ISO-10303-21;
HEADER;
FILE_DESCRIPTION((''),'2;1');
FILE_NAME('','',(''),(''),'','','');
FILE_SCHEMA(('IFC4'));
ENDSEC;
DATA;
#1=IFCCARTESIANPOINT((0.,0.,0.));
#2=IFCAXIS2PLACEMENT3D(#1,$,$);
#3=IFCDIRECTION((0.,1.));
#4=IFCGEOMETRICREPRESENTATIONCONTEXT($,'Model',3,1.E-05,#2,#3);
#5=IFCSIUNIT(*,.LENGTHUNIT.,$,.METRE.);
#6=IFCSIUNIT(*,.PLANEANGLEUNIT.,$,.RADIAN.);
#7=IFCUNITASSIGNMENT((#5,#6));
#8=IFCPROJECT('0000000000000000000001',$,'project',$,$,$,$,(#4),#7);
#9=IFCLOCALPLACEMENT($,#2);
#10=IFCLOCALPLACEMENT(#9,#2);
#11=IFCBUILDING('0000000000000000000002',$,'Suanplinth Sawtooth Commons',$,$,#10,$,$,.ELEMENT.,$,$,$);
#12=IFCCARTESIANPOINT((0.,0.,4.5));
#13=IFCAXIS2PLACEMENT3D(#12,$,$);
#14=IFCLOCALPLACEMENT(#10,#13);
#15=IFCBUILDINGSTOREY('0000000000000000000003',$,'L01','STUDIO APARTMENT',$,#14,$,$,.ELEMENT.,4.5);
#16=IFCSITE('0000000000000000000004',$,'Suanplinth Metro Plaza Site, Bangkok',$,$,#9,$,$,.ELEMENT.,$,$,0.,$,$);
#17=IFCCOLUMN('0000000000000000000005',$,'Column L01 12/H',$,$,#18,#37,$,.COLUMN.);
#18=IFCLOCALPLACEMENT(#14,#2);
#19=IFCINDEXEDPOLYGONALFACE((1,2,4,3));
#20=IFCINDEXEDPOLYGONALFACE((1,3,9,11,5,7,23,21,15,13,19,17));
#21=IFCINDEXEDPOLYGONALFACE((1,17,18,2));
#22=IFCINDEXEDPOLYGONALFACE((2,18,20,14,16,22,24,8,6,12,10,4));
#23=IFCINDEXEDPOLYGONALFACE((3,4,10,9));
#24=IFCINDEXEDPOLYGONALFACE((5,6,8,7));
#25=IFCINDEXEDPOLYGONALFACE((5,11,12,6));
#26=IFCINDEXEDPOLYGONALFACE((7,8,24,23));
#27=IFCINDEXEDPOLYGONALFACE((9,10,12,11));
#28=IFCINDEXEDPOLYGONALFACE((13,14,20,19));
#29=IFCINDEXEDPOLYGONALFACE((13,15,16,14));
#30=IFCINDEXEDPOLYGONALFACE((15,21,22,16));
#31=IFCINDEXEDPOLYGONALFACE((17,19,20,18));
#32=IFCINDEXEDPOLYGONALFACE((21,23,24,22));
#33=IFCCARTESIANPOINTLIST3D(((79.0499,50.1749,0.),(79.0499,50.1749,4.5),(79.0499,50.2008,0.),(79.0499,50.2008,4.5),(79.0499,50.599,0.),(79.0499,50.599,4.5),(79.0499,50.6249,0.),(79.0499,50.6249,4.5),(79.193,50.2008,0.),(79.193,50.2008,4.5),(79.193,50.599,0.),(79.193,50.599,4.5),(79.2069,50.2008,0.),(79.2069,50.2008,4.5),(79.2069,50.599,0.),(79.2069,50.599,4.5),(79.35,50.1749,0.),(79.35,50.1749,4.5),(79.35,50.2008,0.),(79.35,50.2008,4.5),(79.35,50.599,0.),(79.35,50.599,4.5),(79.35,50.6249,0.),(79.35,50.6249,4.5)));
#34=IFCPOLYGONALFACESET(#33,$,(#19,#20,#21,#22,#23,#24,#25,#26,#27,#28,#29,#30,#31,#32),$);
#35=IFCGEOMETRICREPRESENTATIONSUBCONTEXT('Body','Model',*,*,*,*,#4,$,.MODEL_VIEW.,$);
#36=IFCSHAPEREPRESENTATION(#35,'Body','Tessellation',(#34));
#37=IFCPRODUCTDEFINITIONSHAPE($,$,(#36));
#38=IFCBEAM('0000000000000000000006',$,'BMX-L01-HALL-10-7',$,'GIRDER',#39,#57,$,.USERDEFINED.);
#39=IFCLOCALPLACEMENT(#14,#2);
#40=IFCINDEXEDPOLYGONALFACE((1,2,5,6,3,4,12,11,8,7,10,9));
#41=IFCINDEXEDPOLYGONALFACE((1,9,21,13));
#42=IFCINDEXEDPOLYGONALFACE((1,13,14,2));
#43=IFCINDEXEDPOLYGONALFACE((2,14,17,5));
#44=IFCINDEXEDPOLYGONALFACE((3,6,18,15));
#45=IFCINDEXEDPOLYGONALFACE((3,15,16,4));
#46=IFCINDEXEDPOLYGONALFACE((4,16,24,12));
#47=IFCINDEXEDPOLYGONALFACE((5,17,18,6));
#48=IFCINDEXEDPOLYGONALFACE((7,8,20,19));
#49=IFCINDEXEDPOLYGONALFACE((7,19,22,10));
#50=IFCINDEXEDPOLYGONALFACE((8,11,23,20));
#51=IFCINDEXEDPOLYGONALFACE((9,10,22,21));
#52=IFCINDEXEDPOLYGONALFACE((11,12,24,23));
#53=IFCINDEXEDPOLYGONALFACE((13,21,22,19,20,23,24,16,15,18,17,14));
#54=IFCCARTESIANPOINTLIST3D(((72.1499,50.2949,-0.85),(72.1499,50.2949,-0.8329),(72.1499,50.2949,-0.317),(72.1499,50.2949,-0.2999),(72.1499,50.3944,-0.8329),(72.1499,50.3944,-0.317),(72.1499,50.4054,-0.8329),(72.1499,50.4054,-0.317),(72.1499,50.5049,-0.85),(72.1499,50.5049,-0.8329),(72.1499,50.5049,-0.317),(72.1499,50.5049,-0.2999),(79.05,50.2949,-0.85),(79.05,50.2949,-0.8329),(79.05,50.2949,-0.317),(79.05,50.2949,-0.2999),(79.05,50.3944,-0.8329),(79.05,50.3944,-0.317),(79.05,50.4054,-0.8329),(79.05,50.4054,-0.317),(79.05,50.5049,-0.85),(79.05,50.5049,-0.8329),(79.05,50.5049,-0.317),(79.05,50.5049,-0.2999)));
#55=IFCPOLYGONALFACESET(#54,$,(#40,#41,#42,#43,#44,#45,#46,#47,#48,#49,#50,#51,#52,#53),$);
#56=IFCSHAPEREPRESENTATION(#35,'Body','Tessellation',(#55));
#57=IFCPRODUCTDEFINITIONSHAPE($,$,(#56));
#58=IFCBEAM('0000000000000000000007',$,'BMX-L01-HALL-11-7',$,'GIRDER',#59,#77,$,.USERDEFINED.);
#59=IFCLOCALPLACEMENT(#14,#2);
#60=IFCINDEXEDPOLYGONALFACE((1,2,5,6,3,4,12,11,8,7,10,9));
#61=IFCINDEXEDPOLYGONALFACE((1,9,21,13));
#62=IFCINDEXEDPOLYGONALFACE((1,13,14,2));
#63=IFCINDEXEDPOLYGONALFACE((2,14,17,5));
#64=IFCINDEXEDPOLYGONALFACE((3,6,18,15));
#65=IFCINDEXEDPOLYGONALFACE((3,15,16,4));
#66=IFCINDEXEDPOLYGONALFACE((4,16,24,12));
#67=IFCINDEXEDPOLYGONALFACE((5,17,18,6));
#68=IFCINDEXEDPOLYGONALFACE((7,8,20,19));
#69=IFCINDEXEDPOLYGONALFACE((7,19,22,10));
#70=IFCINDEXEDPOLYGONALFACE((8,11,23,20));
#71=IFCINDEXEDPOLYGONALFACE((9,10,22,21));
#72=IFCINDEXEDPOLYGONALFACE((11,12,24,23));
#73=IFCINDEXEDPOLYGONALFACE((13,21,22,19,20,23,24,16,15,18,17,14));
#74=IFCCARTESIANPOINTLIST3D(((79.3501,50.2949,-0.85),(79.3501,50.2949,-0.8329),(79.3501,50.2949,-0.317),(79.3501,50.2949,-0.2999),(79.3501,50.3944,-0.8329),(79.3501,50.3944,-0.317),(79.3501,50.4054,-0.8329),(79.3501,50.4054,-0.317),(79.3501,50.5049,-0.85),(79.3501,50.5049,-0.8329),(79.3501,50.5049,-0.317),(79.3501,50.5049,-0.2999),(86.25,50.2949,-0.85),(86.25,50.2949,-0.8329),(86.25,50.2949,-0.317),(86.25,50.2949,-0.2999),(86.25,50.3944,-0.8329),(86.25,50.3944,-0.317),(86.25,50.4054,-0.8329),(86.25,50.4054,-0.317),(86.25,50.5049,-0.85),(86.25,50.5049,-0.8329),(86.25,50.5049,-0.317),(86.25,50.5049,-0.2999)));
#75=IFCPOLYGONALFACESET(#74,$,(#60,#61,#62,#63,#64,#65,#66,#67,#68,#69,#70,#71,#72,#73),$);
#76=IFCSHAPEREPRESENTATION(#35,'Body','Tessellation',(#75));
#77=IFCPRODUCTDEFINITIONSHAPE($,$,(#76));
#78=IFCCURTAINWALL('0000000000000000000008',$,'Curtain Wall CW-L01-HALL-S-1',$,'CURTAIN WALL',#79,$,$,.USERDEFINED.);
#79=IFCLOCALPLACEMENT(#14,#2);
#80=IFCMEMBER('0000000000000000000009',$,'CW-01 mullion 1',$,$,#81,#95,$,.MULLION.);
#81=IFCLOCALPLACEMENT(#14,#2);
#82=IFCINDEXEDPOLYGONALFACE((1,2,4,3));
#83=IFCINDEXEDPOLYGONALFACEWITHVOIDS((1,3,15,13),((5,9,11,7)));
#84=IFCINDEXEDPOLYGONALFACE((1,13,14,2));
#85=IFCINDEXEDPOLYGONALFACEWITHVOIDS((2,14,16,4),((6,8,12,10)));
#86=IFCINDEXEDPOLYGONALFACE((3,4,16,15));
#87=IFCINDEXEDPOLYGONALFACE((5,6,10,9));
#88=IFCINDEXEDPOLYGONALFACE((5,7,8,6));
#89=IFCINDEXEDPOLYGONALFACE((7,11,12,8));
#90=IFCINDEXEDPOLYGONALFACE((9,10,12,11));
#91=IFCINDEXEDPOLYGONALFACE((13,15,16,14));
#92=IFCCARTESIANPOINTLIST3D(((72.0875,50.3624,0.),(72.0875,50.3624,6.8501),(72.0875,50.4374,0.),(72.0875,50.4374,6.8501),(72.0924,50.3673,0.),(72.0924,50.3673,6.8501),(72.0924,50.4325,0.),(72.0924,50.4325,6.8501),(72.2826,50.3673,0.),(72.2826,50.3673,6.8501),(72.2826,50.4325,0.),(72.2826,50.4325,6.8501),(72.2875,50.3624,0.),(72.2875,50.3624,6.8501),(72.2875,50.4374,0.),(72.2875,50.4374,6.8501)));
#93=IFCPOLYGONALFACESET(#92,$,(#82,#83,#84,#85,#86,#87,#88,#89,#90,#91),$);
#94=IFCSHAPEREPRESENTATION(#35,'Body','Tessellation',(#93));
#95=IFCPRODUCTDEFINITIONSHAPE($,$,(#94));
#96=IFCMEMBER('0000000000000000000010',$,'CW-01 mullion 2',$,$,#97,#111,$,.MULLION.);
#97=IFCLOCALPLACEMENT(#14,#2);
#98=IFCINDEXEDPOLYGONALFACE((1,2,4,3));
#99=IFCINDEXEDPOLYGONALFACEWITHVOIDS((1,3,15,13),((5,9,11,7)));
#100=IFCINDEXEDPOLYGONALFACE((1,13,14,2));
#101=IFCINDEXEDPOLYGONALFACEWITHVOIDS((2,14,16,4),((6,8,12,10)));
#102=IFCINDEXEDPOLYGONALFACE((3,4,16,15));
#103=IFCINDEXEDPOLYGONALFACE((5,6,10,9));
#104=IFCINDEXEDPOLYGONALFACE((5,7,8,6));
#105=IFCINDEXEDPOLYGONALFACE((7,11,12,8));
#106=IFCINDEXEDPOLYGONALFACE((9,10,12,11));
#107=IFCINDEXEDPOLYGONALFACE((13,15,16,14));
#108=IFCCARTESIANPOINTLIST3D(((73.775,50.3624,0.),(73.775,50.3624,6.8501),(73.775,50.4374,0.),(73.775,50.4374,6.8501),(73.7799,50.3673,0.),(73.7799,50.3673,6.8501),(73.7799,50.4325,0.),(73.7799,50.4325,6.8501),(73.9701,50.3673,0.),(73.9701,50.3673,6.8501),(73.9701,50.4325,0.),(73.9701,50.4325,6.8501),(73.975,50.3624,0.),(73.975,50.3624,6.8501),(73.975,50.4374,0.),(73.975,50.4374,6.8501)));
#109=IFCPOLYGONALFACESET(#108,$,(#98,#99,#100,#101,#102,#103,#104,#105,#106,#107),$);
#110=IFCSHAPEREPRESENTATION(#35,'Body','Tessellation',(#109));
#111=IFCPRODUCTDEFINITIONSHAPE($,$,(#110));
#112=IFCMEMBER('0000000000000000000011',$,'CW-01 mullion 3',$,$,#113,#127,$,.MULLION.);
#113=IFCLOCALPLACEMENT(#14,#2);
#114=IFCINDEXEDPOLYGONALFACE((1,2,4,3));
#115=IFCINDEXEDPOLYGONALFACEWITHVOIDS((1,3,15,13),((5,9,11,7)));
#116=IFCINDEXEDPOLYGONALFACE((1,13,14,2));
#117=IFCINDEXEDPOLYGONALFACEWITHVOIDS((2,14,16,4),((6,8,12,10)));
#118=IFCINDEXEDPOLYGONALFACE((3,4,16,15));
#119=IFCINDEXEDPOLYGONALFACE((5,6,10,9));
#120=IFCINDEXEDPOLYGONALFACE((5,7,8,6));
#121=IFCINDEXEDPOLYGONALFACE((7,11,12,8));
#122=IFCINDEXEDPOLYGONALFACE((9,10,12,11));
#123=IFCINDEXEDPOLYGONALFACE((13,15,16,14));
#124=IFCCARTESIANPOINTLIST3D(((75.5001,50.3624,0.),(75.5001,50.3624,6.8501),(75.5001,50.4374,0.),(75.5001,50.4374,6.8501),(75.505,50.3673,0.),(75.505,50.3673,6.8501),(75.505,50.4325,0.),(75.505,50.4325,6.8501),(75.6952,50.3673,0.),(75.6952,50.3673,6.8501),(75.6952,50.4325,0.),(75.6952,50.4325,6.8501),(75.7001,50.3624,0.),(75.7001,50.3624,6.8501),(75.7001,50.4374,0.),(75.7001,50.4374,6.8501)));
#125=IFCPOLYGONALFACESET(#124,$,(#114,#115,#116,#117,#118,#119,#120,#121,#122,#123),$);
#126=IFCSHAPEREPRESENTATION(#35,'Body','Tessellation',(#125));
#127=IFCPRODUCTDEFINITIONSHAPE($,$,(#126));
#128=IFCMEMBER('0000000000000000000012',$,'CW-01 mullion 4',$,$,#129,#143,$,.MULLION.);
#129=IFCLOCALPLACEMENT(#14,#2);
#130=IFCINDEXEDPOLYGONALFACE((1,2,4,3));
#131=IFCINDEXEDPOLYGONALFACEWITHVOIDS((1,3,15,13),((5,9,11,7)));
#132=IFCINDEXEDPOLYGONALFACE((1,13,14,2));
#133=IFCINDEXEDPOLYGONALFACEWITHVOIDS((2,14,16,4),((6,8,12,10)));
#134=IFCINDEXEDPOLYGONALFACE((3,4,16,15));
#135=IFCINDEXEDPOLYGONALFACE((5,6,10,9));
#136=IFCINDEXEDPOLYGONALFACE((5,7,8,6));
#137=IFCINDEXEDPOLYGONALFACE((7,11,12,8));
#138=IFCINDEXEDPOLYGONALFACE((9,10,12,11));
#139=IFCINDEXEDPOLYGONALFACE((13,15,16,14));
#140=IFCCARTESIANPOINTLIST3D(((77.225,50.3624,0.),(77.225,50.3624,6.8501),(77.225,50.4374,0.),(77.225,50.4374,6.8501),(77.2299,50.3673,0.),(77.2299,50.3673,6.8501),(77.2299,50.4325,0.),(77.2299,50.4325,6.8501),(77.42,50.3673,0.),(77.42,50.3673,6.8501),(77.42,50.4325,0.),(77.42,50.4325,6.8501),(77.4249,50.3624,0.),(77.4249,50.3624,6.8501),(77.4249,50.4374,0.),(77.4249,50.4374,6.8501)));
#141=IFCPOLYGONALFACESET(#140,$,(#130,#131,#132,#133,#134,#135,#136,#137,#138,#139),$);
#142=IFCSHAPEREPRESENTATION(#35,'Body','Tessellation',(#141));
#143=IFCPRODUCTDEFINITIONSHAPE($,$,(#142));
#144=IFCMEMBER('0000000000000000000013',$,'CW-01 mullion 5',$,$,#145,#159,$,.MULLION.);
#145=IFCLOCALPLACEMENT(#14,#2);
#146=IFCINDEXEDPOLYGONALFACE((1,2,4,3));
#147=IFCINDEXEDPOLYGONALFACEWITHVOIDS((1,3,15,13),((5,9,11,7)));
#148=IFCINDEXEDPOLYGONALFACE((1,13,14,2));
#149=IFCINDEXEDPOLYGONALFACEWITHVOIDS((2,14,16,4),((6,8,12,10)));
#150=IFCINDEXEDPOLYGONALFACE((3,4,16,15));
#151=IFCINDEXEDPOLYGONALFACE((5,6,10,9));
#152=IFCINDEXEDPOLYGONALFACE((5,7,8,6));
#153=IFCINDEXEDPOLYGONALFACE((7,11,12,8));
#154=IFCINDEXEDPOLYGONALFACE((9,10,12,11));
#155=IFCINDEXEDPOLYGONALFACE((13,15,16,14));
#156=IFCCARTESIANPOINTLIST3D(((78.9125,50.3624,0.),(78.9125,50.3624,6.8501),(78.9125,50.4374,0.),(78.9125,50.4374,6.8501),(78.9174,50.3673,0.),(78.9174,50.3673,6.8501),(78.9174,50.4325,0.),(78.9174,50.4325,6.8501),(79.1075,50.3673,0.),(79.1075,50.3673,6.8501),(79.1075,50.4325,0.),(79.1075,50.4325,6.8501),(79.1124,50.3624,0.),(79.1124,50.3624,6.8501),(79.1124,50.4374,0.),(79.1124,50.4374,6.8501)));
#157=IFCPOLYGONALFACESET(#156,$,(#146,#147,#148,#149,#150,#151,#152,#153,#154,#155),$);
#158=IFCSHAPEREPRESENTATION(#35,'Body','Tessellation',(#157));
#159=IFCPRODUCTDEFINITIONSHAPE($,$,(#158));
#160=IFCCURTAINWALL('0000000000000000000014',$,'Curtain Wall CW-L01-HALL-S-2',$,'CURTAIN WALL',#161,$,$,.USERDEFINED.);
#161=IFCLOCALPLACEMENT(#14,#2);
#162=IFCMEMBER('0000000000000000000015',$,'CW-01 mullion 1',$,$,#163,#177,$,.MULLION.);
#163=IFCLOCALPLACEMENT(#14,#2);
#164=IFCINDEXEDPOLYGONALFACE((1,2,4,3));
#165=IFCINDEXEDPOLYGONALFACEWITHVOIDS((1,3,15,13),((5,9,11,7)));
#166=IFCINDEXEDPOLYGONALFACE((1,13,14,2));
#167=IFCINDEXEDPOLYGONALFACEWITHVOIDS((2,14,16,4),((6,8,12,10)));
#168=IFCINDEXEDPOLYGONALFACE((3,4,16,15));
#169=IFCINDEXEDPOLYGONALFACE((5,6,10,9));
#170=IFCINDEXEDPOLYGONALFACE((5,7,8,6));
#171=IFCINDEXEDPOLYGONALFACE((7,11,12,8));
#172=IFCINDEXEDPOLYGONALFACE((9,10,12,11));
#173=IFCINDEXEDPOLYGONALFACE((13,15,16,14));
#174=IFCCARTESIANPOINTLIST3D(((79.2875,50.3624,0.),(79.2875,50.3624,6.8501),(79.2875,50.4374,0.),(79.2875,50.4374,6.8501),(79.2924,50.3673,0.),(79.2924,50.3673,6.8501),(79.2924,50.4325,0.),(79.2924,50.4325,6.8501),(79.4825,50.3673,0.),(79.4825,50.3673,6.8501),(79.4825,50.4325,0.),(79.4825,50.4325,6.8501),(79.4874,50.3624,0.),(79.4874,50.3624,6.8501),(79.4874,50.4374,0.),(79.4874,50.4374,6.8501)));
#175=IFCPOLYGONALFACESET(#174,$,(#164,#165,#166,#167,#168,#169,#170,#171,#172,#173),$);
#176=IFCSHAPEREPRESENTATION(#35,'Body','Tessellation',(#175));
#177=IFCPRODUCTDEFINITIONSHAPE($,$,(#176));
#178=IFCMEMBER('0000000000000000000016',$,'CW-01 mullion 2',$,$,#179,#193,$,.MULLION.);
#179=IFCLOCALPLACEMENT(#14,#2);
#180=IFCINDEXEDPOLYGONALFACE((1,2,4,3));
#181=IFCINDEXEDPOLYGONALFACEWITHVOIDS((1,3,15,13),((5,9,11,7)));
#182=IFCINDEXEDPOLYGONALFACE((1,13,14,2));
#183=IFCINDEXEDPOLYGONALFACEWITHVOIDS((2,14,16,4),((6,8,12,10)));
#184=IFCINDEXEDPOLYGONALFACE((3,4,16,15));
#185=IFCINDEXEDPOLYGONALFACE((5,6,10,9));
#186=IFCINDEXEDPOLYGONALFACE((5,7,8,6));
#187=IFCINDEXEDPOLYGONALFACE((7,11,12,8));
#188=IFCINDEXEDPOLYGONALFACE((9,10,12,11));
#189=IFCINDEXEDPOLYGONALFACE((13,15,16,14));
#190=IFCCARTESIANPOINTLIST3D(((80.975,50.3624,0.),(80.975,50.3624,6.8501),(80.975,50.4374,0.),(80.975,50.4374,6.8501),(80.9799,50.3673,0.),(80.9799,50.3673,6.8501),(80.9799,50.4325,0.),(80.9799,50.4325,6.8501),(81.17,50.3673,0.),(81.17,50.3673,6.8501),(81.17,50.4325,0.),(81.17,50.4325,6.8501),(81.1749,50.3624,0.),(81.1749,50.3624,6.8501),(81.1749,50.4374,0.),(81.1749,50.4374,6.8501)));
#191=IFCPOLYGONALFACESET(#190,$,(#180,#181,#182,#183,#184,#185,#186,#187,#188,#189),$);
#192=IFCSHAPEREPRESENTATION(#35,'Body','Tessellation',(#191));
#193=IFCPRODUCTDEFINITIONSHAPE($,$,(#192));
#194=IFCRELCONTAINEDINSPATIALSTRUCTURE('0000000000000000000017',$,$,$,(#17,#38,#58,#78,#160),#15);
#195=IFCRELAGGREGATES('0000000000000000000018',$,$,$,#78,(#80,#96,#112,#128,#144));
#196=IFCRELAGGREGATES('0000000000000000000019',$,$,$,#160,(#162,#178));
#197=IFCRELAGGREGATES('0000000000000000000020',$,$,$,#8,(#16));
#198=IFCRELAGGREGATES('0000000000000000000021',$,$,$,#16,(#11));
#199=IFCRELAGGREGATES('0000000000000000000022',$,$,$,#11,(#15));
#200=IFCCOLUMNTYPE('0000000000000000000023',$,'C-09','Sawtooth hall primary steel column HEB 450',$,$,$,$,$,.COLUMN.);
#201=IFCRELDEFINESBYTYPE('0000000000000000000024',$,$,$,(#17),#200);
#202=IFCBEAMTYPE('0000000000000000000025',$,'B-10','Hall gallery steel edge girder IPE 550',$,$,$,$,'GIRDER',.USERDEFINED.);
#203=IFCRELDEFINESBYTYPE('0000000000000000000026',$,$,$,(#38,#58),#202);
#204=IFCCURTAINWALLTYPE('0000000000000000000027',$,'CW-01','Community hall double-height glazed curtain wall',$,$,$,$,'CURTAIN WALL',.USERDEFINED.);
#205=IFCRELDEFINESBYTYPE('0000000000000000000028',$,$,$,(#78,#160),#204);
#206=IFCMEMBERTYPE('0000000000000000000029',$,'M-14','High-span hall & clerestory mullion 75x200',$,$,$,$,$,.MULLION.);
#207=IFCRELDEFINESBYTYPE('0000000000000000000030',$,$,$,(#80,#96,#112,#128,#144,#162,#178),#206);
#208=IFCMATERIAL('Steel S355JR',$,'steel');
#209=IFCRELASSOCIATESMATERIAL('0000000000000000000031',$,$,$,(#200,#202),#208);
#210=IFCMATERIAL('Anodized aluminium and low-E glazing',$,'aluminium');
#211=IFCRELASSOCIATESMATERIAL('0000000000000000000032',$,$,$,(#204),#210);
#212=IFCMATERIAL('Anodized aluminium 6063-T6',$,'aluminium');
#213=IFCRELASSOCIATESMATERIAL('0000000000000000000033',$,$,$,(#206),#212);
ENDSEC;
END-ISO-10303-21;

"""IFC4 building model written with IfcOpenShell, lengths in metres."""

from ifc_helpers import new_model, si_unit, direction, frame, origin, origin_2d, place, context, subcontext, project, spatial, hollow_rectangle, i_section, extrude, material, material_profile, profile_set, type_object, element, aggregate, save


model = new_model("IFC4")

# Units and contexts
model_context = context("Model", 3, precision=1e-05, world=origin(), true_north=direction((0.0, 1.0)))
body_context = subcontext(model_context, "Body", "Model", "MODEL_VIEW")
ifc_project = project(units=[si_unit("LENGTHUNIT", "METRE"), si_unit("PLANEANGLEUNIT", "RADIAN")], contexts=[model_context])

# Site, building, storey
site_placement = place(None, origin())
site = spatial("IfcSite", under=ifc_project, at=site_placement, Name="Suanplinth Metro Plaza Site, Bangkok", CompositionType="ELEMENT", RefElevation=0.0)
building_placement = place(site_placement, origin())
building = spatial("IfcBuilding", under=site, at=building_placement, Name="Suanplinth Sawtooth Commons", CompositionType="ELEMENT")
storey_placement = place(building_placement, frame((0.0, 0.0, 4.5)))
storey = spatial("IfcBuildingStorey", under=building, at=storey_placement, Name="L01", Description="STUDIO APARTMENT", CompositionType="ELEMENT", Elevation=4.5)

# Column
ifc_material_1 = material(Name="Steel S355JR", Category="steel")
ifc_material_profile_1 = material_profile(ifc_material_1, i_section(OverallWidth=0.3, OverallDepth=0.45, WebThickness=0.0139, FlangeThickness=0.0259, at=origin_2d()), Name="HEB 450")
ifc_profile_set_1 = profile_set([ifc_material_profile_1], Name="Steel S355JR")
column_type = type_object("IfcColumnType", Name="C-09", Description="Sawtooth hall primary steel column HEB 450", PredefinedType="COLUMN", material=ifc_profile_set_1)
column_placement = place(storey_placement, frame((79.2, 50.3999, 0.0), z_axis=(0.0, 0.0, 1.0), x_axis=(1.0, 0.0, 0.0)))
element("IfcColumn", 1, at=column_placement, inside=storey, type_object=column_type, Name="Column L01 12/H", PredefinedType="COLUMN", context=body_context, shape_type="SweptSolid", body=[
    extrude(i_section(OverallWidth=0.3, OverallDepth=0.45, WebThickness=0.0139, FlangeThickness=0.0259, at=origin_2d()), origin(), (0.0, 0.0, 1.0), 4.5),
])

# Beams
ifc_material_profile_2 = material_profile(ifc_material_1, i_section(OverallWidth=0.21, OverallDepth=0.55, WebThickness=0.011, FlangeThickness=0.0171, at=origin_2d()), Name="IPE 550")
ifc_profile_set_2 = profile_set([ifc_material_profile_2], Name="Steel S355JR")
beam_type = type_object("IfcBeamType", Name="B-10", Description="Hall gallery steel edge girder IPE 550", ElementType="GIRDER", PredefinedType="USERDEFINED", material=ifc_profile_set_2)
beam_1_placement = place(storey_placement, frame((72.1499, 50.3999, -0.575), z_axis=(1.0, 0.0, 0.0), x_axis=(0.0, 1.0, 0.0)))
element("IfcBeam", 2, at=beam_1_placement, inside=storey, type_object=beam_type, Name="BMX-L01-HALL-10-7", ObjectType="GIRDER", PredefinedType="USERDEFINED", context=body_context, shape_type="SweptSolid", body=[
    extrude(i_section(OverallWidth=0.21, OverallDepth=0.55, WebThickness=0.011, FlangeThickness=0.0171, at=origin_2d()), origin(), (0.0, 0.0, 1.0), 6.9001),
])
beam_2_placement = place(storey_placement, frame((79.3501, 50.3999, -0.575), z_axis=(1.0, 0.0, 0.0), x_axis=(0.0, 1.0, 0.0)))
element("IfcBeam", 3, at=beam_2_placement, inside=storey, type_object=beam_type, Name="BMX-L01-HALL-11-7", ObjectType="GIRDER", PredefinedType="USERDEFINED", context=body_context, shape_type="SweptSolid", body=[
    extrude(i_section(OverallWidth=0.21, OverallDepth=0.55, WebThickness=0.011, FlangeThickness=0.0171, at=origin_2d()), origin(), (0.0, 0.0, 1.0), 6.8999),
])

# Curtain walls, members
ifc_material_2 = material(Name="Anodized aluminium and low-E glazing", Category="aluminium")
curtain_wall_type = type_object("IfcCurtainWallType", Name="CW-01", Description="Community hall double-height glazed curtain wall", ElementType="CURTAIN WALL", PredefinedType="USERDEFINED", material=ifc_material_2)
curtain_wall_1_placement = place(storey_placement, origin())
curtain_wall_1 = element("IfcCurtainWall", 4, at=curtain_wall_1_placement, inside=storey, type_object=curtain_wall_type, Name="Curtain Wall CW-L01-HALL-S-1", ObjectType="CURTAIN WALL", PredefinedType="USERDEFINED")
ifc_material_3 = material(Name="Anodized aluminium 6063-T6", Category="aluminium")
ifc_material_profile_3 = material_profile(ifc_material_3, hollow_rectangle(XDim=0.075, YDim=0.2, WallThickness=0.0049, at=origin_2d()), Name="ALU-MUL 75x200")
ifc_profile_set_3 = profile_set([ifc_material_profile_3], Name="Anodized aluminium 6063-T6")
member_type_1 = type_object("IfcMemberType", Name="M-14", Description="High-span hall & clerestory mullion 75x200", PredefinedType="MULLION", material=ifc_profile_set_3)
member_1_placement = place(storey_placement, frame((72.1875, 50.3999, 0.0), z_axis=(0.0, 0.0, 1.0), x_axis=(0.0, 1.0, 0.0)))
member_1 = element("IfcMember", 5, at=member_1_placement, type_object=member_type_1, Name="CW-01 mullion 1", PredefinedType="MULLION", context=body_context, shape_type="SweptSolid", body=[
    extrude(hollow_rectangle(XDim=0.075, YDim=0.2, WallThickness=0.0049, at=origin_2d()), origin(), (0.0, 0.0, 1.0), 6.8501),
])
member_2_placement = place(storey_placement, frame((73.875, 50.3999, 0.0), z_axis=(0.0, 0.0, 1.0), x_axis=(0.0, 1.0, 0.0)))
member_2 = element("IfcMember", 6, at=member_2_placement, type_object=member_type_1, Name="CW-01 mullion 2", PredefinedType="MULLION", context=body_context, shape_type="SweptSolid", body=[
    extrude(hollow_rectangle(XDim=0.075, YDim=0.2, WallThickness=0.0049, at=origin_2d()), origin(), (0.0, 0.0, 1.0), 6.8501),
])
member_3_placement = place(storey_placement, frame((75.6001, 50.3999, 0.0), z_axis=(0.0, 0.0, 1.0), x_axis=(0.0, 1.0, 0.0)))
member_3 = element("IfcMember", 7, at=member_3_placement, type_object=member_type_1, Name="CW-01 mullion 3", PredefinedType="MULLION", context=body_context, shape_type="SweptSolid", body=[
    extrude(hollow_rectangle(XDim=0.075, YDim=0.2, WallThickness=0.0049, at=origin_2d()), origin(), (0.0, 0.0, 1.0), 6.8501),
])
member_4_placement = place(storey_placement, frame((77.325, 50.3999, 0.0), z_axis=(0.0, 0.0, 1.0), x_axis=(0.0, 1.0, 0.0)))
member_4 = element("IfcMember", 8, at=member_4_placement, type_object=member_type_1, Name="CW-01 mullion 4", PredefinedType="MULLION", context=body_context, shape_type="SweptSolid", body=[
    extrude(hollow_rectangle(XDim=0.075, YDim=0.2, WallThickness=0.0049, at=origin_2d()), origin(), (0.0, 0.0, 1.0), 6.8501),
])
member_5_placement = place(storey_placement, frame((79.0125, 50.3999, 0.0), z_axis=(0.0, 0.0, 1.0), x_axis=(0.0, 1.0, 0.0)))
member_5 = element("IfcMember", 9, at=member_5_placement, type_object=member_type_1, Name="CW-01 mullion 5", PredefinedType="MULLION", context=body_context, shape_type="SweptSolid", body=[
    extrude(hollow_rectangle(XDim=0.075, YDim=0.2, WallThickness=0.0049, at=origin_2d()), origin(), (0.0, 0.0, 1.0), 6.8501),
])
curtain_wall_2_placement = place(storey_placement, origin())
curtain_wall_2 = element("IfcCurtainWall", 10, at=curtain_wall_2_placement, inside=storey, type_object=curtain_wall_type, Name="Curtain Wall CW-L01-HALL-S-2", ObjectType="CURTAIN WALL", PredefinedType="USERDEFINED")
member_6_placement = place(storey_placement, frame((79.3875, 50.3999, 0.0), z_axis=(0.0, 0.0, 1.0), x_axis=(0.0, 1.0, 0.0)))
member_6 = element("IfcMember", 11, at=member_6_placement, type_object=member_type_1, Name="CW-01 mullion 1", PredefinedType="MULLION", context=body_context, shape_type="SweptSolid", body=[
    extrude(hollow_rectangle(XDim=0.075, YDim=0.2, WallThickness=0.0049, at=origin_2d()), origin(), (0.0, 0.0, 1.0), 6.8501),
])
member_7_placement = place(storey_placement, frame((81.075, 50.3999, 0.0), z_axis=(0.0, 0.0, 1.0), x_axis=(0.0, 1.0, 0.0)))
member_7 = element("IfcMember", 12, at=member_7_placement, type_object=member_type_1, Name="CW-01 mullion 2", PredefinedType="MULLION", context=body_context, shape_type="SweptSolid", body=[
    extrude(hollow_rectangle(XDim=0.075, YDim=0.2, WallThickness=0.0049, at=origin_2d()), origin(), (0.0, 0.0, 1.0), 6.8501),
])

aggregate(curtain_wall_1, [member_1, member_2, member_3, member_4, member_5])
aggregate(curtain_wall_2, [member_6, member_7])

save(model, "model.ifc")
